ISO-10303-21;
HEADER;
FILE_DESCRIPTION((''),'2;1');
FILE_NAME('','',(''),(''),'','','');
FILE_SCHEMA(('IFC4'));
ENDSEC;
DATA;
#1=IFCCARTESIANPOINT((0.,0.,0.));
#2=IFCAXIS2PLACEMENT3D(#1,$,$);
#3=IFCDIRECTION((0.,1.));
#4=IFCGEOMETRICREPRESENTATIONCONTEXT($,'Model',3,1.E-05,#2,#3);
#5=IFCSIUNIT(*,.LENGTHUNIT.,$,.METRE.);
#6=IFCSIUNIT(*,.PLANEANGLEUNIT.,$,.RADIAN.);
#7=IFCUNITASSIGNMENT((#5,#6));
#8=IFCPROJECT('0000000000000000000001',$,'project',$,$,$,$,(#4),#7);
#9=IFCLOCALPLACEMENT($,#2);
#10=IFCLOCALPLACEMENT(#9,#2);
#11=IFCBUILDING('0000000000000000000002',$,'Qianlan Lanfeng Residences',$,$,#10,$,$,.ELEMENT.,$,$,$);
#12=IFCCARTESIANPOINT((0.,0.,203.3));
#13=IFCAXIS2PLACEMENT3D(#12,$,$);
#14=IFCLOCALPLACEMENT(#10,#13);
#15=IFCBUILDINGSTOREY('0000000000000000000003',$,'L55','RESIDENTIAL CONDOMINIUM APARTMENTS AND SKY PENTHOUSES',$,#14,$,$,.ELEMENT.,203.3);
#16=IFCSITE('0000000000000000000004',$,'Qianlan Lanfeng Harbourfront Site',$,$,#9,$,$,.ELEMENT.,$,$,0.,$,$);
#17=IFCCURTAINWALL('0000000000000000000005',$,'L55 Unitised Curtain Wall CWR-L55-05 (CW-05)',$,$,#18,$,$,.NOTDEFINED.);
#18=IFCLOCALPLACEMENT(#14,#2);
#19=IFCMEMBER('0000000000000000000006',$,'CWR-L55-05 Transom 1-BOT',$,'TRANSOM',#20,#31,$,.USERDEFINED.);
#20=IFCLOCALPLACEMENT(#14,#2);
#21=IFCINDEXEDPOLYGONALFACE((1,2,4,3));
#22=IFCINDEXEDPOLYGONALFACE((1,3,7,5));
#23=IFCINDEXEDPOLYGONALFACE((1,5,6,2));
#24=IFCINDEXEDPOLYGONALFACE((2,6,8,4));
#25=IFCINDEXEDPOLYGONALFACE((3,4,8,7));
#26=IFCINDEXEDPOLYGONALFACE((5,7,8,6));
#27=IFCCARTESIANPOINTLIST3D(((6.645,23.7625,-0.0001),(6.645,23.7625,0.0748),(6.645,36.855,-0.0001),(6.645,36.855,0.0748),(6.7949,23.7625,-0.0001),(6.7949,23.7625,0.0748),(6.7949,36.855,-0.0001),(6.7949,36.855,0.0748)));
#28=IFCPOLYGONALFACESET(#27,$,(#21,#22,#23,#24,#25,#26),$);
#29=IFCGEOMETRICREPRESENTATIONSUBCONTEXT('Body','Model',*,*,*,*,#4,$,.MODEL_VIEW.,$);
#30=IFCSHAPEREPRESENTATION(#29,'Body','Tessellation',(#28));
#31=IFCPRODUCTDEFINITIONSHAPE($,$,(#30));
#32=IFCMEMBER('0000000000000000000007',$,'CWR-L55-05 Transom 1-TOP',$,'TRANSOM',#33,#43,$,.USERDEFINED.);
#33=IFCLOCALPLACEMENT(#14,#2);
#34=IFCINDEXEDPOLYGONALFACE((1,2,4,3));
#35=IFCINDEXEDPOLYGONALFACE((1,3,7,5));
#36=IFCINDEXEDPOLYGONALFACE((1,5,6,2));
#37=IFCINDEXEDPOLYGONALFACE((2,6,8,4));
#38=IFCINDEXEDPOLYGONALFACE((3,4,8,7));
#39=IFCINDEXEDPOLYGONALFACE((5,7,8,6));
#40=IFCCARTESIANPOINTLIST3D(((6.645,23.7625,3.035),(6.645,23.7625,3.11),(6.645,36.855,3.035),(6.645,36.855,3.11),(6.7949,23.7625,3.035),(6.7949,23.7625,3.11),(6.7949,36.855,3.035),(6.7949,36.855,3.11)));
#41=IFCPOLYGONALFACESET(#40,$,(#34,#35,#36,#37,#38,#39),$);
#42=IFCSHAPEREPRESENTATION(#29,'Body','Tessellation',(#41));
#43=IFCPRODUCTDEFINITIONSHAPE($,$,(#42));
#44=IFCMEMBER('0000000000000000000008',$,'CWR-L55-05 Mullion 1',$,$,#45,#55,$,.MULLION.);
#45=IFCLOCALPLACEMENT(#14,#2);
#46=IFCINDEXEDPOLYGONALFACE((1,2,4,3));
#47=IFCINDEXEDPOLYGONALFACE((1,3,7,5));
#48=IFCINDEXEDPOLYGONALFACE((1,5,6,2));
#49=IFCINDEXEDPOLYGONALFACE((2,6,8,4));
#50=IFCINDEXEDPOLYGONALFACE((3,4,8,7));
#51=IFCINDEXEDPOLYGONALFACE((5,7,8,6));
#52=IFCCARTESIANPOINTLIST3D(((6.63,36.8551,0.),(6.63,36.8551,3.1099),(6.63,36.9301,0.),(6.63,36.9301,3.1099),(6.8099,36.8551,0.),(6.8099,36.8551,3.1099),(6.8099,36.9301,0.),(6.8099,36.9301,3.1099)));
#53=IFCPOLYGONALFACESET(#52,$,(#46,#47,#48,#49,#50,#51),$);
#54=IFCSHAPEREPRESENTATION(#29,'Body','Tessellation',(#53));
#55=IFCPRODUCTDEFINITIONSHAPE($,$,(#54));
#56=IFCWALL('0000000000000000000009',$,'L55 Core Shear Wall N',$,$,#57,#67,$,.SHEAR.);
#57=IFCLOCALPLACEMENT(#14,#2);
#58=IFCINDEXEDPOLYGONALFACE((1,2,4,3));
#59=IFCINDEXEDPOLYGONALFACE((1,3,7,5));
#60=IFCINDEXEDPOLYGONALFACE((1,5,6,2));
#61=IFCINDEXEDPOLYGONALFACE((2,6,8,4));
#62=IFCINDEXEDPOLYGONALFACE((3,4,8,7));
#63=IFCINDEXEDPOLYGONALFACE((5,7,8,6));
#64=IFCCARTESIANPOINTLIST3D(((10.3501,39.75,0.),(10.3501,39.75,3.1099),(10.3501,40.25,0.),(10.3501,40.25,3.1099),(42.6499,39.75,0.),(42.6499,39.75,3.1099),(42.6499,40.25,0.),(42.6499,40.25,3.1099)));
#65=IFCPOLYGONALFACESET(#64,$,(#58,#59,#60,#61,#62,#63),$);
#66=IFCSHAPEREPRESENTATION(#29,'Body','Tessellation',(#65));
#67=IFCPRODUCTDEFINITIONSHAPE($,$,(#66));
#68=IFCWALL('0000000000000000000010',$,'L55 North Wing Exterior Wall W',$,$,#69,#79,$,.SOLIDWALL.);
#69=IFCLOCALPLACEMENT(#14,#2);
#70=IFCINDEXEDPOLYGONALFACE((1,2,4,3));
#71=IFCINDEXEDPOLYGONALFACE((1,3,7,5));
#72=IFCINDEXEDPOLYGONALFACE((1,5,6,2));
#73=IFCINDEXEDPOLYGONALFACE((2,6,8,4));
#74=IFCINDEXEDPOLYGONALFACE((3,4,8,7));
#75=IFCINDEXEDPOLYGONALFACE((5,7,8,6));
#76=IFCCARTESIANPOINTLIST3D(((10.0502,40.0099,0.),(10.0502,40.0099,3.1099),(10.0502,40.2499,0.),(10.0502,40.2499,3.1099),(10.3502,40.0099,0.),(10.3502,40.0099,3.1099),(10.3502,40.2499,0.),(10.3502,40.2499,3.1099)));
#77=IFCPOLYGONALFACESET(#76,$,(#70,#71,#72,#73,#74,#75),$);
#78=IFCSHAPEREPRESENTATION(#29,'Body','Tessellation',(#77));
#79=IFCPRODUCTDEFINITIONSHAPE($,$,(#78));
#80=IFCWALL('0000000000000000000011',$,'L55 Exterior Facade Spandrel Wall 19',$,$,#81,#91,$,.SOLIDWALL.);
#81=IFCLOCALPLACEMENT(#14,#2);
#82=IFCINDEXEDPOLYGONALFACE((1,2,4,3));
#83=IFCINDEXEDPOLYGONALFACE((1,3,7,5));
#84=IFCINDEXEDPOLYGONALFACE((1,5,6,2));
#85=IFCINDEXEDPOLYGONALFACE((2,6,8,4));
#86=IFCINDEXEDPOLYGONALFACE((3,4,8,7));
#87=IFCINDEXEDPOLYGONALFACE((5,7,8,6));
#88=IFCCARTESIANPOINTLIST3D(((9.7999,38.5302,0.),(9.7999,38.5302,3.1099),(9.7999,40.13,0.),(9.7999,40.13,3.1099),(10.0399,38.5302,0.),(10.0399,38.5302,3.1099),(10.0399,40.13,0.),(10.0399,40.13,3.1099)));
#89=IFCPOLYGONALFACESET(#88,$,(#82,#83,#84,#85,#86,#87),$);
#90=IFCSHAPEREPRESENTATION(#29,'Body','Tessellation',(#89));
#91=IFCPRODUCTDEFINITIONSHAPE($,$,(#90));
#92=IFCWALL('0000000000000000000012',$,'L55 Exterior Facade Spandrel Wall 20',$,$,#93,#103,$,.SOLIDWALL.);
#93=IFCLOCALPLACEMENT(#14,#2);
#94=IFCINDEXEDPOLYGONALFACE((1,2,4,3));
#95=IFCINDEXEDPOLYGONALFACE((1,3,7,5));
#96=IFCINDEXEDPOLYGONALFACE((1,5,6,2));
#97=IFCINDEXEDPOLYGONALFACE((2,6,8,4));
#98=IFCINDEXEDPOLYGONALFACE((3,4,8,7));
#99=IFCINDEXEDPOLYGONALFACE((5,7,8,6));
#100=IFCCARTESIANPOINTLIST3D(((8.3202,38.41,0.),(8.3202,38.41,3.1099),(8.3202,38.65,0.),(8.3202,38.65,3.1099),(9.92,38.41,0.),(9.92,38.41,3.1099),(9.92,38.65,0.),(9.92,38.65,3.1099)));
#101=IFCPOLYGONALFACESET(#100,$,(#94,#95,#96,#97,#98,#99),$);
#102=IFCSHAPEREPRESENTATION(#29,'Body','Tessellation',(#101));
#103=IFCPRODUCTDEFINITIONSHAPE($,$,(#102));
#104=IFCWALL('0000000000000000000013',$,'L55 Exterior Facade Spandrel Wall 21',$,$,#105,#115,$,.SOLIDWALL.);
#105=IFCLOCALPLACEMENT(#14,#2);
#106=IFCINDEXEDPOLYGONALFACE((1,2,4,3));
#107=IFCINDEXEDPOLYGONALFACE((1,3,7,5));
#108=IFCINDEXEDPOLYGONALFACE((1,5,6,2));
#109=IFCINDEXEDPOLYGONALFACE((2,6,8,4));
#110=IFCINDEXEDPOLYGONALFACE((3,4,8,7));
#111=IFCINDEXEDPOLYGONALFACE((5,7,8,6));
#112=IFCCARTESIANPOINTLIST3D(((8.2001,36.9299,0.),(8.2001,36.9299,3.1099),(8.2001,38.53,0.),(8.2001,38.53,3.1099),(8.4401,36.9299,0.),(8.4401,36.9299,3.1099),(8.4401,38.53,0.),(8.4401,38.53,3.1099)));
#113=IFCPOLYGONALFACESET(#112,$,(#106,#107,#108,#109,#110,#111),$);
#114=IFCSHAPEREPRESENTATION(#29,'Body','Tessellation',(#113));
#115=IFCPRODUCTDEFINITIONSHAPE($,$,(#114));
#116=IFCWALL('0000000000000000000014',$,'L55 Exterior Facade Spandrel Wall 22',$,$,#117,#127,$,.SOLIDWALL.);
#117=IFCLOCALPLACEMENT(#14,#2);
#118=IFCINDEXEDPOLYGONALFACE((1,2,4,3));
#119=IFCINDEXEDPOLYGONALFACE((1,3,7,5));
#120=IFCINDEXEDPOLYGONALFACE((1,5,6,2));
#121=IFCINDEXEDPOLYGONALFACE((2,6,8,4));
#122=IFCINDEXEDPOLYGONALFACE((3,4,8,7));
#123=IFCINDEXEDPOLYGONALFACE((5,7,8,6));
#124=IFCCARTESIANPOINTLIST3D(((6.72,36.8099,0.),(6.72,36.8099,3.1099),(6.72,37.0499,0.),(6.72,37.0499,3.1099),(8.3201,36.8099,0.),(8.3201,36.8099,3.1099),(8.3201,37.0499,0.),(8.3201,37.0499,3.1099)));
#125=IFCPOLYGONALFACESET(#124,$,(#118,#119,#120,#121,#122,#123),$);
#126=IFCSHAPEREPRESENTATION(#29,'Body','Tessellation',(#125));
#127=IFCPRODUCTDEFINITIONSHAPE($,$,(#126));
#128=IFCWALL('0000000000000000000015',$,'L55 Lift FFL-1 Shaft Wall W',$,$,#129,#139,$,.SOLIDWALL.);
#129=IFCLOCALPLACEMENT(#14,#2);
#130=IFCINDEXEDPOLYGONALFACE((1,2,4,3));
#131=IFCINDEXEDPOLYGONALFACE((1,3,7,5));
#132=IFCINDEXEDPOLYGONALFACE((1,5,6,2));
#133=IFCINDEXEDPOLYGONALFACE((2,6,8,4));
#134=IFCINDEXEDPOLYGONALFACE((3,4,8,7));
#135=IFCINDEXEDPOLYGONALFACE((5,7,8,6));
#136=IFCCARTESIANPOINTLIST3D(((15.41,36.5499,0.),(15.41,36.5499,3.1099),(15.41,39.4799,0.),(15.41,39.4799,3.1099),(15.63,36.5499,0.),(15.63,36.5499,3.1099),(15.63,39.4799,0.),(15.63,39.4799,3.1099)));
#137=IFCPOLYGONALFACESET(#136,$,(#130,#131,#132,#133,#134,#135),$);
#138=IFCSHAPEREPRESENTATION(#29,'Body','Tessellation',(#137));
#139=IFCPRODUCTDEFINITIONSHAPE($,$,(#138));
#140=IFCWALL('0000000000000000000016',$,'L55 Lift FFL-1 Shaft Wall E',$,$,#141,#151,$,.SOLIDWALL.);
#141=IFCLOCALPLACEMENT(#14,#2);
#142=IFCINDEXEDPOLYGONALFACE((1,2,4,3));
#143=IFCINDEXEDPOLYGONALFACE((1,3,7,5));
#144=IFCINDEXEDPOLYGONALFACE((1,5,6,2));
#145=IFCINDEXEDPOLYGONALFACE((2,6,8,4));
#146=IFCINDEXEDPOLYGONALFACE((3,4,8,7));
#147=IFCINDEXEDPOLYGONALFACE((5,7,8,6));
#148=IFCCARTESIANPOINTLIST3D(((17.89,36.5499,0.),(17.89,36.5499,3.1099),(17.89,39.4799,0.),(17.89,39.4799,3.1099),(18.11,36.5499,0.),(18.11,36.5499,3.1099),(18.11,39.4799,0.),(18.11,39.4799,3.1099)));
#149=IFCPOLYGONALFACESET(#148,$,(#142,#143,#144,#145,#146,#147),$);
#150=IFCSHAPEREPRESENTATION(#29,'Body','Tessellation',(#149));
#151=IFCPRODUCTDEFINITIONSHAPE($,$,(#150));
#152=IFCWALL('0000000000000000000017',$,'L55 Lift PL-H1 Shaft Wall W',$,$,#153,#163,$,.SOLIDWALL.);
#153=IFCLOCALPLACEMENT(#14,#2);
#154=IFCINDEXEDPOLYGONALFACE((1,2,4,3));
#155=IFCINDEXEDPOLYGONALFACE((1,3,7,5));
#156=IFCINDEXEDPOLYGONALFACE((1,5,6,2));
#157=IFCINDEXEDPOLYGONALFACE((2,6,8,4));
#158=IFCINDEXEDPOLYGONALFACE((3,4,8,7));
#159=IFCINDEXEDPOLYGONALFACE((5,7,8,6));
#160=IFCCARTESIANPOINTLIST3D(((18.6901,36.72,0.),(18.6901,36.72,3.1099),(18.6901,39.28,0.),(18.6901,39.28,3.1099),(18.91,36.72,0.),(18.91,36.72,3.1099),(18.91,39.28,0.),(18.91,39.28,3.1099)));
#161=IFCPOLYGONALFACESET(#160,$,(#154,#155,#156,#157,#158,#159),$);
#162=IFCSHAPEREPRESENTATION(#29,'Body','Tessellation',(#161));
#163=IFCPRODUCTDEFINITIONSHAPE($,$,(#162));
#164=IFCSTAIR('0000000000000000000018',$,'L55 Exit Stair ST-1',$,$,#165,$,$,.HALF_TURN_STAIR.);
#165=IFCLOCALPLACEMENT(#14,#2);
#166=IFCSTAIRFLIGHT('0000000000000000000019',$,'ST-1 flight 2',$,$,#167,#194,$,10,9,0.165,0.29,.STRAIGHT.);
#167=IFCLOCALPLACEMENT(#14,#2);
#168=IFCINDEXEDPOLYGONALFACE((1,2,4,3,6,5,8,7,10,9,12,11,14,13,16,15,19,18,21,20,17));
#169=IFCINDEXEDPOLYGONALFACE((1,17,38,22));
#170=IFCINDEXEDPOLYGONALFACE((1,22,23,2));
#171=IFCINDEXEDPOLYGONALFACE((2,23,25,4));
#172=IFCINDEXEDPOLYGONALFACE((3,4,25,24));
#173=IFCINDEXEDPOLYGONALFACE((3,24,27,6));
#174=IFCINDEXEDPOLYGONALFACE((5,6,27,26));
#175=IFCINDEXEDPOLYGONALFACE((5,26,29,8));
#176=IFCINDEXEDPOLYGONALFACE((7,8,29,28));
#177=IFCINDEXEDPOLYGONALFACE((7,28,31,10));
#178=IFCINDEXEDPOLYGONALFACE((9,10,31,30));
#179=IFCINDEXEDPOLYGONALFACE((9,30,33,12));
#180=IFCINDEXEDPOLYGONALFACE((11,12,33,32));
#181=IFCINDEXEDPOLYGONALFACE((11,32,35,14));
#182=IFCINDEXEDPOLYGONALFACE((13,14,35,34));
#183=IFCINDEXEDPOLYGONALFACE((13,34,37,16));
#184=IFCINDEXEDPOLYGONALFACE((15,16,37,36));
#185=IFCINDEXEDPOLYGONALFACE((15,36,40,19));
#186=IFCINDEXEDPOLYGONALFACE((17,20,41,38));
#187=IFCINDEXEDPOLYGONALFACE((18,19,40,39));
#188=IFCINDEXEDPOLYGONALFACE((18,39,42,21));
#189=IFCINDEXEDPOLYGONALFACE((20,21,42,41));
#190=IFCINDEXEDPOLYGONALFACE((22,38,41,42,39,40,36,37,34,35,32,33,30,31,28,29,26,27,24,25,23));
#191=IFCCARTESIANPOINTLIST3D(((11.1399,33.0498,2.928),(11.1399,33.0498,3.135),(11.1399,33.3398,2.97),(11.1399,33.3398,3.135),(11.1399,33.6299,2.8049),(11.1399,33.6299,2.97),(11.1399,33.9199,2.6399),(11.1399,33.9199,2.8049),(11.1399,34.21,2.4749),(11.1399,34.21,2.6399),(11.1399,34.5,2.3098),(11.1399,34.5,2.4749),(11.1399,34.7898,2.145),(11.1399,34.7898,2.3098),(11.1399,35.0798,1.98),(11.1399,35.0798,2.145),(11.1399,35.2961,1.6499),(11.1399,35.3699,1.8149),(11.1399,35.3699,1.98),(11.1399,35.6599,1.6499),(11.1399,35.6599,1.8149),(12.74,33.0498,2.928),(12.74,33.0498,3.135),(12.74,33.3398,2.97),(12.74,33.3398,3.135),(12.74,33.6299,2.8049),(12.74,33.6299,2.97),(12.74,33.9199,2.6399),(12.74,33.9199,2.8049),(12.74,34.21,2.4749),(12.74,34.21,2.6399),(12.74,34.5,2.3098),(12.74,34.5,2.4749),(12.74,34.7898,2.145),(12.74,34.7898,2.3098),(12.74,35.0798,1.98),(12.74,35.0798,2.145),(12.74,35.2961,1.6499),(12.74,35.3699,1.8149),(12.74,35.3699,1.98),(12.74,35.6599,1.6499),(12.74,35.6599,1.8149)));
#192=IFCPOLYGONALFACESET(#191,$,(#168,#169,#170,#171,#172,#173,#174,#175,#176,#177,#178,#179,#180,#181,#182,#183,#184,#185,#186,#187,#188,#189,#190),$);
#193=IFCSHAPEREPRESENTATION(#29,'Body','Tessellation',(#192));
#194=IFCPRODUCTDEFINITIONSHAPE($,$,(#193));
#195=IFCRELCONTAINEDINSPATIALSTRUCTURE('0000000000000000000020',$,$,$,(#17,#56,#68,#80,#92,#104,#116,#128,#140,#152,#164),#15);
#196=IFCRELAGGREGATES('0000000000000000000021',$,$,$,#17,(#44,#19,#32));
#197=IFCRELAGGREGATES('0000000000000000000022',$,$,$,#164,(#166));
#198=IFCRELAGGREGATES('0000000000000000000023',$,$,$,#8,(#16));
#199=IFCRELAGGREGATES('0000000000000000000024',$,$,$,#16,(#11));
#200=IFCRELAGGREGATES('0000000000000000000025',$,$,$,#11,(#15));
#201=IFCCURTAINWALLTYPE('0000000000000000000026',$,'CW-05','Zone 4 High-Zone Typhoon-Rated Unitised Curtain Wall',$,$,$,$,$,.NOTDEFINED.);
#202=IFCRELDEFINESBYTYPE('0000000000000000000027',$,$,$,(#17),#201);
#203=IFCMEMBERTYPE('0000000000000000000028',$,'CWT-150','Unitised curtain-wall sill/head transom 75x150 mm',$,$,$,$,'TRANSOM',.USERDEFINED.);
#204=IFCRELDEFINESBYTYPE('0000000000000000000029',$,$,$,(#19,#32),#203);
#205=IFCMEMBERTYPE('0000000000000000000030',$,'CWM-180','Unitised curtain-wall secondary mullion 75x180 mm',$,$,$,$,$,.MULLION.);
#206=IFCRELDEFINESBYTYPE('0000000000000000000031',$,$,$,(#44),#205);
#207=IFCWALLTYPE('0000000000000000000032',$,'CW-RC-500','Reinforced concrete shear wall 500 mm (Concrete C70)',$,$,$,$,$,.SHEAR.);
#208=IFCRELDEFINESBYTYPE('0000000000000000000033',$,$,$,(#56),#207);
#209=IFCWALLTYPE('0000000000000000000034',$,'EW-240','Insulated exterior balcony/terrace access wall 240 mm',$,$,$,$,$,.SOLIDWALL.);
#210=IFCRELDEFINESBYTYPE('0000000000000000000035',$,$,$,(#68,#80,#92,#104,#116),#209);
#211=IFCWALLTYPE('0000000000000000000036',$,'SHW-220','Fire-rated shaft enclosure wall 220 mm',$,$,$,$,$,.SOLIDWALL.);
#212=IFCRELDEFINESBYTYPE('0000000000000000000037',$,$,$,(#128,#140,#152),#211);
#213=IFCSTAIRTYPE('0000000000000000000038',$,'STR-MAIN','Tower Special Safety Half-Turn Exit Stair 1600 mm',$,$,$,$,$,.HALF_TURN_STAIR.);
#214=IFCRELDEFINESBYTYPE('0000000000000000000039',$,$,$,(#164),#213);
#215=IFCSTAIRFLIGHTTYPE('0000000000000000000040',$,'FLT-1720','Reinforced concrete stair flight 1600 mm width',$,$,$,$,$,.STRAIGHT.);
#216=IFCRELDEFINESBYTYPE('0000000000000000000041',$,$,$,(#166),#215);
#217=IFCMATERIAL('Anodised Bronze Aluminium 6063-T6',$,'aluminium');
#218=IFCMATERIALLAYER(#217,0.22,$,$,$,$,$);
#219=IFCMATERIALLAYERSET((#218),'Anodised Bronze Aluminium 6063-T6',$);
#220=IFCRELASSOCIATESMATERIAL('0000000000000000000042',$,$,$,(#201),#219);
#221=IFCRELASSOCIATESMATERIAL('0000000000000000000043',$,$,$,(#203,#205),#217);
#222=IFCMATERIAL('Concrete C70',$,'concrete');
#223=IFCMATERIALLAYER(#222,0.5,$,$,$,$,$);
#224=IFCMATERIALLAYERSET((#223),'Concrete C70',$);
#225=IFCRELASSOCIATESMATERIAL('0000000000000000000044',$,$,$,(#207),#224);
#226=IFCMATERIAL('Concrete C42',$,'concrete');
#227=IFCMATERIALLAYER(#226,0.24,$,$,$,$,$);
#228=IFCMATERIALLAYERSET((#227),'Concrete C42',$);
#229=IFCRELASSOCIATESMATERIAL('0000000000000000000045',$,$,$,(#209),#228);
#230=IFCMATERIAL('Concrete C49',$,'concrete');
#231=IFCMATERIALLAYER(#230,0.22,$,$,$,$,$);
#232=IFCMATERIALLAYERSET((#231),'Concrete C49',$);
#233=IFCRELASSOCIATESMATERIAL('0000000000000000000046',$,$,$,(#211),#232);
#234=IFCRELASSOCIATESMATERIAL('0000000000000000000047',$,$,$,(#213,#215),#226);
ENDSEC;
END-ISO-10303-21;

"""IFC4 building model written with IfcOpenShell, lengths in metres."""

from ifc_helpers import new_model, si_unit, direction, frame, frame_2d, origin, origin_2d, place, context, subcontext, project, spatial, polyline, rectangle, outline, extrude, source, transform, mapped, material, layer, layer_set, material_profile, profile_set, type_object, element, aggregate, save


model = new_model("IFC4")

# Units and contexts
model_context = context("Model", 3, precision=1e-05, world=origin(), true_north=direction((0.0, 1.0)))
body_context = subcontext(model_context, "Body", "Model", "MODEL_VIEW")
ifc_project = project(units=[si_unit("LENGTHUNIT", "METRE"), si_unit("PLANEANGLEUNIT", "RADIAN")], contexts=[model_context])

# Site, building, storey
site_placement = place(None, origin())
site = spatial("IfcSite", under=ifc_project, at=site_placement, Name="Qianlan Lanfeng Harbourfront Site", CompositionType="ELEMENT", RefElevation=0.0)
building_placement = place(site_placement, origin())
building = spatial("IfcBuilding", under=site, at=building_placement, Name="Qianlan Lanfeng Residences", CompositionType="ELEMENT")
storey_placement = place(building_placement, frame((0.0, 0.0, 203.3)))
storey = spatial("IfcBuildingStorey", under=building, at=storey_placement, Name="L55", Description="RESIDENTIAL CONDOMINIUM APARTMENTS AND SKY PENTHOUSES", CompositionType="ELEMENT", Elevation=203.3)

# Curtain wall, members
ifc_material_1 = material(Name="Anodised Bronze Aluminium 6063-T6", Category="aluminium")
ifc_layer_1 = layer(ifc_material_1, 0.22)
ifc_layer_set_1 = layer_set([ifc_layer_1], Name="Anodised Bronze Aluminium 6063-T6")
curtain_wall_type = type_object("IfcCurtainWallType", Name="CW-05", Description="Zone 4 High-Zone Typhoon-Rated Unitised Curtain Wall", PredefinedType="NOTDEFINED", material=ifc_layer_set_1)
curtain_wall_placement = place(storey_placement, origin())
curtain_wall = element("IfcCurtainWall", 1, at=curtain_wall_placement, inside=storey, type_object=curtain_wall_type, Name="L55 Unitised Curtain Wall CWR-L55-05 (CW-05)", PredefinedType="NOTDEFINED")
ifc_material_profile_1 = material_profile(ifc_material_1, rectangle(XDim=0.075, YDim=0.1499, at=origin_2d()), Name="ALU TRANSOM 75x150")
ifc_profile_set_1 = profile_set([ifc_material_profile_1], Name="Anodised Bronze Aluminium 6063-T6")
member_type_1 = type_object("IfcMemberType", Name="CWT-150", Description="Unitised curtain-wall sill/head transom 75x150 mm", ElementType="TRANSOM", PredefinedType="USERDEFINED", material=ifc_profile_set_1)
shared_shape_1 = source(origin(), body_context, "Body", "SweptSolid", [
    extrude(rectangle(XDim=0.075, YDim=0.1499, at=origin_2d()), origin(), (0.0, 0.0, 1.0), 13.0925),
])
member_1_placement = place(storey_placement, frame((6.72, 36.855, 0.0374), z_axis=(0.0, -1.0, 0.0), x_axis=(0.0, 0.0, 1.0)))
member_1 = element("IfcMember", 2, at=member_1_placement, type_object=member_type_1, Name="CWR-L55-05 Transom 1-BOT", ObjectType="TRANSOM", PredefinedType="USERDEFINED", context=body_context, shape_type="MappedRepresentation", body=[
    mapped(shared_shape_1, transform((0.0, 0.0, 0.0), scale=1.0)),
])
member_2_placement = place(storey_placement, frame((6.72, 36.855, 3.0725), z_axis=(0.0, -1.0, 0.0), x_axis=(0.0, 0.0, 1.0)))
member_2 = element("IfcMember", 3, at=member_2_placement, type_object=member_type_1, Name="CWR-L55-05 Transom 1-TOP", ObjectType="TRANSOM", PredefinedType="USERDEFINED", context=body_context, shape_type="MappedRepresentation", body=[
    mapped(shared_shape_1, transform((0.0, 0.0, 0.0), scale=1.0)),
])
ifc_material_profile_2 = material_profile(ifc_material_1, rectangle(XDim=0.075, YDim=0.1799, at=origin_2d()), Name="ALU MULLION 75x180")
ifc_profile_set_2 = profile_set([ifc_material_profile_2], Name="Anodised Bronze Aluminium 6063-T6")
member_type_2 = type_object("IfcMemberType", Name="CWM-180", Description="Unitised curtain-wall secondary mullion 75x180 mm", PredefinedType="MULLION", material=ifc_profile_set_2)
shared_shape_2 = source(origin(), body_context, "Body", "SweptSolid", [
    extrude(rectangle(XDim=0.075, YDim=0.1799, at=origin_2d()), origin(), (0.0, 0.0, 1.0), 3.1099),
])
member_3_placement = place(storey_placement, frame((6.72, 36.8926, 0.0), z_axis=(0.0, 0.0, 1.0), x_axis=(0.0, -1.0, 0.0)))
member_3 = element("IfcMember", 4, at=member_3_placement, type_object=member_type_2, Name="CWR-L55-05 Mullion 1", PredefinedType="MULLION", context=body_context, shape_type="MappedRepresentation", body=[
    mapped(shared_shape_2, transform((0.0, 0.0, 0.0), scale=1.0)),
])
aggregate(curtain_wall, [member_3, member_1, member_2])

# Shared definitions
ifc_material_2 = material(Name="Concrete C49", Category="concrete")

# Walls
ifc_material_3 = material(Name="Concrete C70", Category="concrete")
ifc_layer_2 = layer(ifc_material_3, 0.5)
ifc_layer_set_2 = layer_set([ifc_layer_2], Name="Concrete C70")
wall_type_1 = type_object("IfcWallType", Name="CW-RC-500", Description="Reinforced concrete shear wall 500 mm (Concrete C70)", PredefinedType="SHEAR", material=ifc_layer_set_2)
wall_1_placement = place(storey_placement, frame((10.3501, 40.0, 0.0), z_axis=(0.0, 0.0, 1.0), x_axis=(1.0, 0.0, 0.0)))
element("IfcWall", 5, at=wall_1_placement, inside=storey, type_object=wall_type_1, Name="L55 Core Shear Wall N", PredefinedType="SHEAR", context=body_context, shape_type="SweptSolid", body=[
    extrude(rectangle(XDim=32.2998, YDim=0.5, at=frame_2d((16.1499, 0.0))), origin(), (0.0, 0.0, 1.0), 3.1099),
])
ifc_material_4 = material(Name="Concrete C42", Category="concrete")
ifc_layer_3 = layer(ifc_material_4, 0.24)
ifc_layer_set_3 = layer_set([ifc_layer_3], Name="Concrete C42")
wall_type_2 = type_object("IfcWallType", Name="EW-240", Description="Insulated exterior balcony/terrace access wall 240 mm", PredefinedType="SOLIDWALL", material=ifc_layer_set_3)
wall_2_placement = place(storey_placement, frame((10.3501, 40.1299, 0.0), z_axis=(0.0, 0.0, 1.0), x_axis=(-1.0, 0.0, 0.0)))
element("IfcWall", 6, at=wall_2_placement, inside=storey, type_object=wall_type_2, Name="L55 North Wing Exterior Wall W", PredefinedType="SOLIDWALL", context=body_context, shape_type="SweptSolid", body=[
    extrude(rectangle(XDim=0.3, YDim=0.24, at=frame_2d((0.1499, 0.0))), origin(), (0.0, 0.0, 1.0), 3.1099),
])
for number, where, z_axis, x_axis, name in (
    (7, (9.9199, 40.1299, 0.0), (0.0, 0.0, 1.0), (0.0, -1.0, 0.0), "L55 Exterior Facade Spandrel Wall 19"),
    (8, (9.9199, 38.53, 0.0), (0.0, 0.0, 1.0), (-1.0, 0.0, 0.0), "L55 Exterior Facade Spandrel Wall 20"),
):
    element("IfcWall", number, at=place(storey_placement, frame(where, z_axis=z_axis, x_axis=x_axis)), inside=storey, type_object=wall_type_2, Name=name, PredefinedType="SOLIDWALL", context=body_context, shape_type="SweptSolid", body=[
        extrude(rectangle(XDim=1.5999, YDim=0.24, at=frame_2d((0.7998, 0.0))), origin(), (0.0, 0.0, 1.0), 3.1099),
    ])
for number, where, z_axis, x_axis, name in (
    (9, (8.3201, 38.53, 0.0), (0.0, 0.0, 1.0), (0.0, -1.0, 0.0), "L55 Exterior Facade Spandrel Wall 21"),
    (10, (8.3201, 36.9299, 0.0), (0.0, 0.0, 1.0), (-1.0, 0.0, 0.0), "L55 Exterior Facade Spandrel Wall 22"),
):
    element("IfcWall", number, at=place(storey_placement, frame(where, z_axis=z_axis, x_axis=x_axis)), inside=storey, type_object=wall_type_2, Name=name, PredefinedType="SOLIDWALL", context=body_context, shape_type="SweptSolid", body=[
        extrude(rectangle(XDim=1.6001, YDim=0.24, at=frame_2d((0.8, 0.0))), origin(), (0.0, 0.0, 1.0), 3.1099),
    ])
ifc_layer_4 = layer(ifc_material_2, 0.22)
ifc_layer_set_4 = layer_set([ifc_layer_4], Name="Concrete C49")
wall_type_3 = type_object("IfcWallType", Name="SHW-220", Description="Fire-rated shaft enclosure wall 220 mm", PredefinedType="SOLIDWALL", material=ifc_layer_set_4)
for number, where, z_axis, x_axis, name in (
    (11, (15.52, 36.55, 0.0), (0.0, 0.0, 1.0), (0.0, 1.0, 0.0), "L55 Lift FFL-1 Shaft Wall W"),
    (12, (18.0, 36.55, 0.0), (0.0, 0.0, 1.0), (0.0, 1.0, 0.0), "L55 Lift FFL-1 Shaft Wall E"),
):
    element("IfcWall", number, at=place(storey_placement, frame(where, z_axis=z_axis, x_axis=x_axis)), inside=storey, type_object=wall_type_3, Name=name, PredefinedType="SOLIDWALL", context=body_context, shape_type="SweptSolid", body=[
        extrude(rectangle(XDim=2.9299, YDim=0.22, at=frame_2d((1.4648, 0.0))), origin(), (0.0, 0.0, 1.0), 3.1099),
    ])
wall_3_placement = place(storey_placement, frame((18.8, 36.72, 0.0), z_axis=(0.0, 0.0, 1.0), x_axis=(0.0, 1.0, 0.0)))
element("IfcWall", 13, at=wall_3_placement, inside=storey, type_object=wall_type_3, Name="L55 Lift PL-H1 Shaft Wall W", PredefinedType="SOLIDWALL", context=body_context, shape_type="SweptSolid", body=[
    extrude(rectangle(XDim=2.5601, YDim=0.22, at=frame_2d((1.28, 0.0))), origin(), (0.0, 0.0, 1.0), 3.1099),
])

# Stair, stair flight
stair_type = type_object("IfcStairType", Name="STR-MAIN", Description="Tower Special Safety Half-Turn Exit Stair 1600 mm", PredefinedType="HALF_TURN_STAIR", material=ifc_material_4)
stair_placement = place(storey_placement, origin())
stair = element("IfcStair", 14, at=stair_placement, inside=storey, type_object=stair_type, Name="L55 Exit Stair ST-1", PredefinedType="HALF_TURN_STAIR")
stair_flight_type = type_object("IfcStairFlightType", Name="FLT-1720", Description="Reinforced concrete stair flight 1600 mm width", PredefinedType="STRAIGHT", material=ifc_material_4)
stair_flight_placement = place(storey_placement, frame((11.9399, 35.6599, 1.6499), z_axis=(0.0, 0.0, 1.0), x_axis=(0.0, -1.0, 0.0)))
stair_flight = element("IfcStairFlight", 15, at=stair_flight_placement, type_object=stair_flight_type, Name="ST-1 flight 2", NumberOfRisers=10, NumberOfTreads=9, PredefinedType="STRAIGHT", RiserHeight=0.165, TreadLength=0.29, context=body_context, shape_type="SweptSolid", body=[
    extrude(outline(polyline([(0.0, 0.0), (0.0, 0.165), (0.29, 0.165), (0.29, 0.3301), (0.5801, 0.3301), (0.5801, 0.4951), (0.8701, 0.4951), (0.8701, 0.6599), (1.1599, 0.6599), (1.1599, 0.825), (1.45, 0.825), (1.45, 0.99), (1.74, 0.99), (1.74, 1.155), (2.03, 1.155), (2.03, 1.3201), (2.3201, 1.3201), (2.3201, 1.4851), (2.6101, 1.4851), (2.6101, 1.6499), (2.6101, 1.2781), (0.3638, 0.0), (0.0, 0.0)])), frame((0.0, 0.8, 0.0), z_axis=(0.0, -1.0, 0.0), x_axis=(1.0, 0.0, 0.0)), (0.0, 0.0, 1.0), 1.6001),
])
aggregate(stair, [stair_flight])

save(model, "model.ifc")
